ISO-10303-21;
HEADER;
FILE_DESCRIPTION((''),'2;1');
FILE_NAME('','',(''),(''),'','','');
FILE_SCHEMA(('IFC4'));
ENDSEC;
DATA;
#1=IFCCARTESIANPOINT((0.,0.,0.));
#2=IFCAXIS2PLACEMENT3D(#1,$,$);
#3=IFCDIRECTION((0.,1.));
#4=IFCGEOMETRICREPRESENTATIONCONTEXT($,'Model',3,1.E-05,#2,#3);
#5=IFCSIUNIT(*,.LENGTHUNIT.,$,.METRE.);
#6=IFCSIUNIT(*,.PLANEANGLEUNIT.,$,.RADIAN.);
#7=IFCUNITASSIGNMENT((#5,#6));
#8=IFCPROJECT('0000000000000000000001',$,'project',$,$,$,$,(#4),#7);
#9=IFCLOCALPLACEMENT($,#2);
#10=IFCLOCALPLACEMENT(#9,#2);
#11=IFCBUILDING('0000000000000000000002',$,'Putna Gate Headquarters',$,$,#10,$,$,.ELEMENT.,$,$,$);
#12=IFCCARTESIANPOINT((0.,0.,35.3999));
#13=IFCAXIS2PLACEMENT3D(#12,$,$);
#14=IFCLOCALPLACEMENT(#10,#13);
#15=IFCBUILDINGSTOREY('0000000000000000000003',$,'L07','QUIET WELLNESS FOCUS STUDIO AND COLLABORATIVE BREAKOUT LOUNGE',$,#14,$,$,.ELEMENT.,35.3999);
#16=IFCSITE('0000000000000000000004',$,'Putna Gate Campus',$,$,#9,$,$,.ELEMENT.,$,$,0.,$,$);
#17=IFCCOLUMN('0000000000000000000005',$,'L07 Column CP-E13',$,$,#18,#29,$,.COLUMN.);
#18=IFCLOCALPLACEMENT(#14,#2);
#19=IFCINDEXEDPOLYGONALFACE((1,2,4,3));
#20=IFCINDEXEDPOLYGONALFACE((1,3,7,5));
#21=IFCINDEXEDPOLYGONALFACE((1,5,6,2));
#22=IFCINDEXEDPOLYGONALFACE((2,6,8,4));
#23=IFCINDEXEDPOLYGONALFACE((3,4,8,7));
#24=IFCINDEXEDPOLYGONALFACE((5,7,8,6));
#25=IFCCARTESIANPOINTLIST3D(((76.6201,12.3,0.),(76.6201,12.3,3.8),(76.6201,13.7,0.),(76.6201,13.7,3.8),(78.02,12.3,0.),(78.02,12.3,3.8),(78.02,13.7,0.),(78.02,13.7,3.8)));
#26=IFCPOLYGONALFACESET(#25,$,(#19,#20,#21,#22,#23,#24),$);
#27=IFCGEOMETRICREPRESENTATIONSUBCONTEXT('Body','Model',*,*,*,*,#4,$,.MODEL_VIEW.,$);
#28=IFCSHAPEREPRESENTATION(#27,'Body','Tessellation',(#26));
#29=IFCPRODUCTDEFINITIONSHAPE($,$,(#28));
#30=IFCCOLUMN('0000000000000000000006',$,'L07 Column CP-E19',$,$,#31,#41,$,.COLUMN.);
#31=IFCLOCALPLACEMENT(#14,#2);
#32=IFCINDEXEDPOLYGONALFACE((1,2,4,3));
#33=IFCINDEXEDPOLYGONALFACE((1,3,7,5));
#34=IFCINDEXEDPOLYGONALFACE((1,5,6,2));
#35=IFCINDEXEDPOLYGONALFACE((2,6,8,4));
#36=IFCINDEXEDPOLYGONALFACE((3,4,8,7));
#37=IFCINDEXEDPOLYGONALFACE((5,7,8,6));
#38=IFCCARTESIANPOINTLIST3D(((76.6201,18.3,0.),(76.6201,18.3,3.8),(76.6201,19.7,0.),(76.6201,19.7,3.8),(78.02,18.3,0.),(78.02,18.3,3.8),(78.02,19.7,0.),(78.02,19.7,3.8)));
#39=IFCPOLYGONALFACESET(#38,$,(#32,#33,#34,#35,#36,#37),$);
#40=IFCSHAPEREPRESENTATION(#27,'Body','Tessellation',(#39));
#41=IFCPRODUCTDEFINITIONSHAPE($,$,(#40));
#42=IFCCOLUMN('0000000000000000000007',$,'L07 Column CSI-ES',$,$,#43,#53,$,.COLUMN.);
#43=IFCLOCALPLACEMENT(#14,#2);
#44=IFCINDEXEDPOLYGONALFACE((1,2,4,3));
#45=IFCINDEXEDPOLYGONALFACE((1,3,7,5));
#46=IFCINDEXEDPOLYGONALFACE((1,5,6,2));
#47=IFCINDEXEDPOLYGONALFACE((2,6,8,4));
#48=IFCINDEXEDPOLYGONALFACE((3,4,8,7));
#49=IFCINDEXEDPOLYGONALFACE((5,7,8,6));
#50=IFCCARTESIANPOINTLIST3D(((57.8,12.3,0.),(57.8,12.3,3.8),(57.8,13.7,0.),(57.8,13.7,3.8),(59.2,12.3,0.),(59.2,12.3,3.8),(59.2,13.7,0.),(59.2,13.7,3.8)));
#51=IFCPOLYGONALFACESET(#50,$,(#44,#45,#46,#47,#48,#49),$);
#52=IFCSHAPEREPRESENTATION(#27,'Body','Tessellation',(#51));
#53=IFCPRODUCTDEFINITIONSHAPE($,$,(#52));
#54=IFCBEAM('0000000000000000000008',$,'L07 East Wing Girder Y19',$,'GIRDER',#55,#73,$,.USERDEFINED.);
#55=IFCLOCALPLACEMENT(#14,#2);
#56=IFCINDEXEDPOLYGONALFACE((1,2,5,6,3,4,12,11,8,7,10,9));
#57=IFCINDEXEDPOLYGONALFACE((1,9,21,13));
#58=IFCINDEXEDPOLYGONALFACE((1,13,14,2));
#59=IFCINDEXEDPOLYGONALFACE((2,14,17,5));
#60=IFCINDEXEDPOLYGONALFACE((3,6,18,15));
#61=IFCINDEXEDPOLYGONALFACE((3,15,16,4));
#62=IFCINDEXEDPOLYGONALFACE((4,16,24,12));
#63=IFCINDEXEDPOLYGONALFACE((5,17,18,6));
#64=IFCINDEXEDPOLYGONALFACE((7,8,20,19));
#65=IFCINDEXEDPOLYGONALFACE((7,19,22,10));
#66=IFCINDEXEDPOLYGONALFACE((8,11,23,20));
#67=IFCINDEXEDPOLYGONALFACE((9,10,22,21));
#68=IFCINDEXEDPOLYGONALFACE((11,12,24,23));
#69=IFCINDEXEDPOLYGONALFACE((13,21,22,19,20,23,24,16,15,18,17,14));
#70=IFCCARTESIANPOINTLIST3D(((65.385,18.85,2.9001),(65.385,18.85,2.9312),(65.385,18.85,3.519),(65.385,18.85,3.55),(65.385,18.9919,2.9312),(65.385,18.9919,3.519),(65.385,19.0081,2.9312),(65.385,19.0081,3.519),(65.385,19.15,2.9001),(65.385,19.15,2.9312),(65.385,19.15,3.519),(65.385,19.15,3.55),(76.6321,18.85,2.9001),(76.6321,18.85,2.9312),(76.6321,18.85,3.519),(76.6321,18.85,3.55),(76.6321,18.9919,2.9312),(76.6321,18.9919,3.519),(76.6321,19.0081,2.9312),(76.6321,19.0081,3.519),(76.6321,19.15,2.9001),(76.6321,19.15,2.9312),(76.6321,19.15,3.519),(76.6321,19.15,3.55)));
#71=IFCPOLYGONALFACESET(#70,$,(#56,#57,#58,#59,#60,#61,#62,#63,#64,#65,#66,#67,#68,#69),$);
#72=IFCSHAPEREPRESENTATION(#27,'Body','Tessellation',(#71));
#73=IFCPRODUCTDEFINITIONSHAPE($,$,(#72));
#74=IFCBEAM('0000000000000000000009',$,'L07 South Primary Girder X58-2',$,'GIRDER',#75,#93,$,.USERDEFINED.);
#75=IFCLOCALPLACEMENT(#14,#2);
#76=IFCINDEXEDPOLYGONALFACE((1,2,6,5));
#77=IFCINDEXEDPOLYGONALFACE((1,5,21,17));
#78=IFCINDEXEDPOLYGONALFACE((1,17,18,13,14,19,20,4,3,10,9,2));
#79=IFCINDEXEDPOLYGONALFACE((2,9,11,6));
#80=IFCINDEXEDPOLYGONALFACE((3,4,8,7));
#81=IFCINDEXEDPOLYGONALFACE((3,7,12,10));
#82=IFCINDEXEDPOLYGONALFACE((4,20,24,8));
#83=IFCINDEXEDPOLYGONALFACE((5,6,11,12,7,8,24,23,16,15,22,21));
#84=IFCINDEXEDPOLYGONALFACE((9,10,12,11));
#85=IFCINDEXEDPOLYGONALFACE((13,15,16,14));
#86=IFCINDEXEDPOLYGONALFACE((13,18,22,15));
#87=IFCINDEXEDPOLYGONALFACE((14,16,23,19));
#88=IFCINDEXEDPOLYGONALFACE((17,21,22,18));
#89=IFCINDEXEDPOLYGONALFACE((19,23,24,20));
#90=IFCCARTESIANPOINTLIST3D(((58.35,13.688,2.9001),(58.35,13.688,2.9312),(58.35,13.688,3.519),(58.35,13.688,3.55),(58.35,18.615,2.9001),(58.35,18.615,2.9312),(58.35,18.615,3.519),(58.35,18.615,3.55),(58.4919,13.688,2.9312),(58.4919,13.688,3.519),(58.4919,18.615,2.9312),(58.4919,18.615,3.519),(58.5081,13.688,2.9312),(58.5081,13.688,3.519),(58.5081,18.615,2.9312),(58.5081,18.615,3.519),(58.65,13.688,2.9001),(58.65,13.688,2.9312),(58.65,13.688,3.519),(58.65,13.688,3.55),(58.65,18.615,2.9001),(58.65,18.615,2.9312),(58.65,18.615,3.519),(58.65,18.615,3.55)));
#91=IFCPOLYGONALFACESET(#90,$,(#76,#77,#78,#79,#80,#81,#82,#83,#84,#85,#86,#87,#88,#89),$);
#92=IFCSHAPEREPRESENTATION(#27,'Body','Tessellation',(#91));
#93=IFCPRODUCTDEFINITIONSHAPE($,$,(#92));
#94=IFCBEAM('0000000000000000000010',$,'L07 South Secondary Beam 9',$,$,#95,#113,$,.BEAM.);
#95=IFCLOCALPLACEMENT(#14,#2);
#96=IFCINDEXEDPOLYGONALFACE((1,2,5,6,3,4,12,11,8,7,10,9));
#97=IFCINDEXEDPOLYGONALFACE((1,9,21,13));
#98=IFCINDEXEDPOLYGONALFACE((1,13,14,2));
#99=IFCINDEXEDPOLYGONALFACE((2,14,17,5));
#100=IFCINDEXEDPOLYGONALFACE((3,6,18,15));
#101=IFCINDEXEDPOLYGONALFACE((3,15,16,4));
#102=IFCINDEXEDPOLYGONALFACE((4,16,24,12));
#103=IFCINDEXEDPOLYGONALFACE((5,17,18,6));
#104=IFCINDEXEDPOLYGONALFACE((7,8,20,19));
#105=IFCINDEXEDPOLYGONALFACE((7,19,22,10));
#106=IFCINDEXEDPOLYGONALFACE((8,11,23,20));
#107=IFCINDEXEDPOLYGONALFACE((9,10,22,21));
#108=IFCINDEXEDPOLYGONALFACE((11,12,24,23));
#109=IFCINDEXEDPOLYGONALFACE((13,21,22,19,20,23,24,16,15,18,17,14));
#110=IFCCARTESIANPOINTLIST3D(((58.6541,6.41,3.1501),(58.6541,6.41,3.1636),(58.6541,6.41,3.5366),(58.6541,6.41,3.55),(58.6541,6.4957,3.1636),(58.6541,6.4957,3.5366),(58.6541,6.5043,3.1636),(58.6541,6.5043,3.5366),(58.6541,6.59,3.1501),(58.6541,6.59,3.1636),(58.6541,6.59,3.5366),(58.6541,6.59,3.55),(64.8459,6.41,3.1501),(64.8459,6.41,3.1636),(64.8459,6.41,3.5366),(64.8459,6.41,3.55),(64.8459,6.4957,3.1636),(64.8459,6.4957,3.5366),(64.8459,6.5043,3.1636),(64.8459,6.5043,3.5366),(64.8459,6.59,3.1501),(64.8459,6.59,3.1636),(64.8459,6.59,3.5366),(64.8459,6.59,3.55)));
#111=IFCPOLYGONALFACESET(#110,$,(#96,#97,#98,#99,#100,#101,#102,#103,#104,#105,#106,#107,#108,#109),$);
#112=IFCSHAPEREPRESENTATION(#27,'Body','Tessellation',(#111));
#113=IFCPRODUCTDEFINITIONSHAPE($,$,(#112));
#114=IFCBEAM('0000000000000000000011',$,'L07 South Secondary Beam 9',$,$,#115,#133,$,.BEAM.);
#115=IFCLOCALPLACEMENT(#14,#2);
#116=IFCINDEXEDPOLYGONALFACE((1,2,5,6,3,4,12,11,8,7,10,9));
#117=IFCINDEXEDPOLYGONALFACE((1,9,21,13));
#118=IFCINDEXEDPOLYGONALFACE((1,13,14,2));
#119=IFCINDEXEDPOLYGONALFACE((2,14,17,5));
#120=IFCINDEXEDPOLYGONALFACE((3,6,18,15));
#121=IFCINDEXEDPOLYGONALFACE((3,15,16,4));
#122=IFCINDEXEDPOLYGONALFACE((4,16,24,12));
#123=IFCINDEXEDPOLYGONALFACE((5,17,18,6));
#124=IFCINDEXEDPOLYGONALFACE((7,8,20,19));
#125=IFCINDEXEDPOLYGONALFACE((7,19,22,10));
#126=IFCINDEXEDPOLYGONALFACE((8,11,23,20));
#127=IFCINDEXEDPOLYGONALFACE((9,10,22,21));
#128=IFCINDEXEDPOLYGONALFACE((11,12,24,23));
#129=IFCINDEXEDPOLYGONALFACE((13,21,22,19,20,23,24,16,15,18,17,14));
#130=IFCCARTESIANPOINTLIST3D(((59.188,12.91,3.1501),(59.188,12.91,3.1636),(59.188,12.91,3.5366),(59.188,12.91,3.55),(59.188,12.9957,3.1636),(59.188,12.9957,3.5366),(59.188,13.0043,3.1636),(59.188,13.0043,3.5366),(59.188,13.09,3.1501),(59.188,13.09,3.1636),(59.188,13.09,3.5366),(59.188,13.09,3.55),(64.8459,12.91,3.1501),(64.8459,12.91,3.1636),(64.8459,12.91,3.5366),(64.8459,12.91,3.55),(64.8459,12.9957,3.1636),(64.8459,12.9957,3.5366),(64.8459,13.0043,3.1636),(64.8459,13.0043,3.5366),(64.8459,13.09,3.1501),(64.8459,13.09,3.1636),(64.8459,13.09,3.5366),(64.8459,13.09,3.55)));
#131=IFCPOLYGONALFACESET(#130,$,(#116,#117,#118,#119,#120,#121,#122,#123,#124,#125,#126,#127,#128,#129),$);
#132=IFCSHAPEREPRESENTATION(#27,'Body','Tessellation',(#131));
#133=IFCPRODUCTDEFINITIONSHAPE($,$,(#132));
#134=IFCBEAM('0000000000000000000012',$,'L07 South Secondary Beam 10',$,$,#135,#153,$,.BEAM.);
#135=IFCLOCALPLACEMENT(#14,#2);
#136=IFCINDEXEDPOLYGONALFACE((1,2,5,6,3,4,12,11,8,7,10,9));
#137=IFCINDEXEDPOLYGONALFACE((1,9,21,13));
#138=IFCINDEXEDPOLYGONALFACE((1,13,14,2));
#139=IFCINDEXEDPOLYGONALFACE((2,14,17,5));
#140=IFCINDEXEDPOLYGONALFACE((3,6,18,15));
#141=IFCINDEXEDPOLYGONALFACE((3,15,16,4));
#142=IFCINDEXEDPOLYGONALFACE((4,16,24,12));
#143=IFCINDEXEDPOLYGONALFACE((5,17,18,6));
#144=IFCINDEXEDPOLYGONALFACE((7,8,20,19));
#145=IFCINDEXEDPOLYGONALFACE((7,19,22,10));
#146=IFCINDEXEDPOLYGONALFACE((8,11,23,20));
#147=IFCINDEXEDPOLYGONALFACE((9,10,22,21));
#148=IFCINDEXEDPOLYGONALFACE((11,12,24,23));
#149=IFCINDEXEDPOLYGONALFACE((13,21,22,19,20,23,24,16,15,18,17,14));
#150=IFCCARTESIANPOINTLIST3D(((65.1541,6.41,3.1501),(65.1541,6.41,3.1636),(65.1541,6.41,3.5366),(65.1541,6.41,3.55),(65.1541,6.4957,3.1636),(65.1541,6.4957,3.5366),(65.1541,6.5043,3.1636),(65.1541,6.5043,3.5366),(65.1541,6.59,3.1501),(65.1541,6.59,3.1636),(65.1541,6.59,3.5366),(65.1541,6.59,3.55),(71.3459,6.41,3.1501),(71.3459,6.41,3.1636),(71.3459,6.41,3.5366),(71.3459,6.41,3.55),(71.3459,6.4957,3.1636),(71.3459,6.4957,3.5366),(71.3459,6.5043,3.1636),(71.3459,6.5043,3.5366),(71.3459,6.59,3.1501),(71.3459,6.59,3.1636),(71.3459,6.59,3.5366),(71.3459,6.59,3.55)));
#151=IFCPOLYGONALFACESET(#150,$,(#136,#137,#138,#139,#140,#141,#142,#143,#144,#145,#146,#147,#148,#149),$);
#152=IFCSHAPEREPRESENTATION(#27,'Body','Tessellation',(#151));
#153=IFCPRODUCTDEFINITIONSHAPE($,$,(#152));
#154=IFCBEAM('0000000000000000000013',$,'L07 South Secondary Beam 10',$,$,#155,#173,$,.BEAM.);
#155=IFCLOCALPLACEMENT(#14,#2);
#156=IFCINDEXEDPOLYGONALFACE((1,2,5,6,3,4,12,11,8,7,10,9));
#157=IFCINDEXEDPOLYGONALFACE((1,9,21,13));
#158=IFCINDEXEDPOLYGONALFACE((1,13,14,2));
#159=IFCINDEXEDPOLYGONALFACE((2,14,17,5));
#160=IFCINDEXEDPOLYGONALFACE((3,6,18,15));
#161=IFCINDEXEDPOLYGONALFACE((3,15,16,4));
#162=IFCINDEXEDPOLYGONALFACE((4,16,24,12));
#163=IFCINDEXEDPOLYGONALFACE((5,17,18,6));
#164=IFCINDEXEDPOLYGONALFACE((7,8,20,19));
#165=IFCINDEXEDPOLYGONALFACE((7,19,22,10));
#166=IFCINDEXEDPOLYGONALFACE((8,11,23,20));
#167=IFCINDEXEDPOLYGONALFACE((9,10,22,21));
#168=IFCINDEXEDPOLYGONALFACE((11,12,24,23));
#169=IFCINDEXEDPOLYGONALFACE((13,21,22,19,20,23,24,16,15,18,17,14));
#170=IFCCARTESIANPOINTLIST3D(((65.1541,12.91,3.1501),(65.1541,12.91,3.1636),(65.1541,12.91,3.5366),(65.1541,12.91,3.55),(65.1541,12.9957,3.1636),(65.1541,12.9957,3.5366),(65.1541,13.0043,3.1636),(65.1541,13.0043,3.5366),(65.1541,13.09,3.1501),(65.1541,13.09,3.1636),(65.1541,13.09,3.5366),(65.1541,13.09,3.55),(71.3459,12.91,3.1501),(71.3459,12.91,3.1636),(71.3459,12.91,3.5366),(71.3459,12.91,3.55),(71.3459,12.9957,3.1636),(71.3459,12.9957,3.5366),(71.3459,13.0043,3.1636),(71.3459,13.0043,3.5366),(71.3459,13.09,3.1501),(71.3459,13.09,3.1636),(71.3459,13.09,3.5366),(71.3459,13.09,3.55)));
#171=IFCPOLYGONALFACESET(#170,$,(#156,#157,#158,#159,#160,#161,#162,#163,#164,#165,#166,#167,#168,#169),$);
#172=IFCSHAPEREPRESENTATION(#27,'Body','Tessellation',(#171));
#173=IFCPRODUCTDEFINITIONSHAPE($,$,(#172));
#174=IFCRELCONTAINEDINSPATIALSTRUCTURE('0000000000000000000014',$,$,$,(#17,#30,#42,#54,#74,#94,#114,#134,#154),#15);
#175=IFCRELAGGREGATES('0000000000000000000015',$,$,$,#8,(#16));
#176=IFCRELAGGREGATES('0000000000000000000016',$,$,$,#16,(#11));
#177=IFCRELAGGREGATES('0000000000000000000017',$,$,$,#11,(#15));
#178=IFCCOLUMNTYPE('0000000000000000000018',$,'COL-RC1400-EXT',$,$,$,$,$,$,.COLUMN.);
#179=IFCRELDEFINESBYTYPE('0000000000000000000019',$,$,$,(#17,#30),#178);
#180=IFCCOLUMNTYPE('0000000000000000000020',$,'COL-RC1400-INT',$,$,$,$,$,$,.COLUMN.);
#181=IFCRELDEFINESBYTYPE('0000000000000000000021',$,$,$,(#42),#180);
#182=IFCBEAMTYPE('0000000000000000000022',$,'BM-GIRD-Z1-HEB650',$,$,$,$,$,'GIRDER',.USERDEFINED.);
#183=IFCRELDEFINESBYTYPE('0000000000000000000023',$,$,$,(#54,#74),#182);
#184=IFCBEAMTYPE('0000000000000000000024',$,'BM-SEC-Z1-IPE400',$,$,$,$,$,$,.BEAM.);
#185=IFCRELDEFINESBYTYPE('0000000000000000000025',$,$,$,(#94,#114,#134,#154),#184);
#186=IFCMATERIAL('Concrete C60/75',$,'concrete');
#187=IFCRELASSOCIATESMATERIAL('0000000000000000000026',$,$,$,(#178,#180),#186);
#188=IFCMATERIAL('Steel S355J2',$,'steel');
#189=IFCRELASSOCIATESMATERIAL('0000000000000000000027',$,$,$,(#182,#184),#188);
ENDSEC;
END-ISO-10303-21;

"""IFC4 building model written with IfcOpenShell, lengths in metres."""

from ifc_helpers import new_model, si_unit, direction, frame, origin, origin_2d, place, context, subcontext, project, spatial, rectangle, i_section, extrude, material, material_profile, profile_set, type_object, element, save


model = new_model("IFC4")

# Units and contexts
model_context = context("Model", 3, precision=1e-05, world=origin(), true_north=direction((0.0, 1.0)))
body_context = subcontext(model_context, "Body", "Model", "MODEL_VIEW")
ifc_project = project(units=[si_unit("LENGTHUNIT", "METRE"), si_unit("PLANEANGLEUNIT", "RADIAN")], contexts=[model_context])

# Site, building, storey
site_placement = place(None, origin())
site = spatial("IfcSite", under=ifc_project, at=site_placement, Name="Putna Gate Campus", CompositionType="ELEMENT", RefElevation=0.0)
building_placement = place(site_placement, origin())
building = spatial("IfcBuilding", under=site, at=building_placement, Name="Putna Gate Headquarters", CompositionType="ELEMENT")
storey_placement = place(building_placement, frame((0.0, 0.0, 35.3999)))
storey = spatial("IfcBuildingStorey", under=building, at=storey_placement, Name="L07", Description="QUIET WELLNESS FOCUS STUDIO AND COLLABORATIVE BREAKOUT LOUNGE", CompositionType="ELEMENT", Elevation=35.3999)

# Columns
ifc_material_1 = material(Name="Concrete C60/75", Category="concrete")
ifc_material_profile_1 = material_profile(ifc_material_1, rectangle(XDim=1.3999, YDim=1.3999, at=origin_2d()), Name="Concrete C60/75")
ifc_profile_set_1 = profile_set([ifc_material_profile_1], Name="Concrete C60/75")
column_type_1 = type_object("IfcColumnType", Name="COL-RC1400-EXT", PredefinedType="COLUMN", material=ifc_profile_set_1)
for number, where, z_axis, x_axis, name in (
    (1, (77.3201, 13.0, 0.0), (0.0, 0.0, 1.0), (1.0, 0.0, 0.0), "L07 Column CP-E13"),
    (2, (77.3201, 19.0, 0.0), (0.0, 0.0, 1.0), (1.0, 0.0, 0.0), "L07 Column CP-E19"),
):
    element("IfcColumn", number, at=place(storey_placement, frame(where, z_axis=z_axis, x_axis=x_axis)), inside=storey, type_object=column_type_1, Name=name, PredefinedType="COLUMN", context=body_context, shape_type="SweptSolid", body=[
        extrude(rectangle(XDim=1.3999, YDim=1.3999, at=origin_2d()), origin(), (0.0, 0.0, 1.0), 3.8),
    ])
ifc_material_profile_2 = material_profile(ifc_material_1, rectangle(XDim=1.3999, YDim=1.3999, at=origin_2d()), Name="Concrete C60/75")
ifc_profile_set_2 = profile_set([ifc_material_profile_2], Name="Concrete C60/75")
column_type_2 = type_object("IfcColumnType", Name="COL-RC1400-INT", PredefinedType="COLUMN", material=ifc_profile_set_2)
column_placement = place(storey_placement, frame((58.5, 13.0, 0.0), z_axis=(0.0, 0.0, 1.0), x_axis=(1.0, 0.0, 0.0)))
element("IfcColumn", 3, at=column_placement, inside=storey, type_object=column_type_2, Name="L07 Column CSI-ES", PredefinedType="COLUMN", context=body_context, shape_type="SweptSolid", body=[
    extrude(rectangle(XDim=1.3999, YDim=1.3999, at=origin_2d()), origin(), (0.0, 0.0, 1.0), 3.8),
])

# Beams
ifc_material_2 = material(Name="Steel S355J2", Category="steel")
ifc_material_profile_3 = material_profile(ifc_material_2, i_section(OverallWidth=0.3, OverallDepth=0.6499, WebThickness=0.0161, FlangeThickness=0.031, at=origin_2d()), Name="Steel S355J2")
ifc_profile_set_3 = profile_set([ifc_material_profile_3], Name="Steel S355J2")
beam_type_1 = type_object("IfcBeamType", Name="BM-GIRD-Z1-HEB650", ElementType="GIRDER", PredefinedType="USERDEFINED", material=ifc_profile_set_3)
beam_1_placement = place(storey_placement, frame((65.385, 19.0, 3.2251), z_axis=(1.0, 0.0, 0.0), x_axis=(0.0, 1.0, 0.0)))
element("IfcBeam", 4, at=beam_1_placement, inside=storey, type_object=beam_type_1, Name="L07 East Wing Girder Y19", ObjectType="GIRDER", PredefinedType="USERDEFINED", context=body_context, shape_type="SweptSolid", body=[
    extrude(i_section(OverallWidth=0.3, OverallDepth=0.6499, WebThickness=0.0161, FlangeThickness=0.031, at=origin_2d()), origin(), (0.0, 0.0, 1.0), 11.2471),
])
beam_2_placement = place(storey_placement, frame((58.5, 13.688, 3.2251), z_axis=(0.0, 1.0, 0.0), x_axis=(-1.0, 0.0, 0.0)))
element("IfcBeam", 5, at=beam_2_placement, inside=storey, type_object=beam_type_1, Name="L07 South Primary Girder X58-2", ObjectType="GIRDER", PredefinedType="USERDEFINED", context=body_context, shape_type="SweptSolid", body=[
    extrude(i_section(OverallWidth=0.3, OverallDepth=0.6499, WebThickness=0.0161, FlangeThickness=0.031, at=origin_2d()), origin(), (0.0, 0.0, 1.0), 4.927),
])
ifc_material_profile_4 = material_profile(ifc_material_2, i_section(OverallWidth=0.1799, OverallDepth=0.3999, WebThickness=0.0085, FlangeThickness=0.0134, at=origin_2d()), Name="Steel S355J2")
ifc_profile_set_4 = profile_set([ifc_material_profile_4], Name="Steel S355J2")
beam_type_2 = type_object("IfcBeamType", Name="BM-SEC-Z1-IPE400", PredefinedType="BEAM", material=ifc_profile_set_4)
beam_3_placement = place(storey_placement, frame((58.6541, 6.5, 3.3501), z_axis=(1.0, 0.0, 0.0), x_axis=(0.0, 1.0, 0.0)))
element("IfcBeam", 6, at=beam_3_placement, inside=storey, type_object=beam_type_2, Name="L07 South Secondary Beam 9", PredefinedType="BEAM", context=body_context, shape_type="SweptSolid", body=[
    extrude(i_section(OverallWidth=0.1799, OverallDepth=0.3999, WebThickness=0.0085, FlangeThickness=0.0134, at=origin_2d()), origin(), (0.0, 0.0, 1.0), 6.1919),
])
beam_4_placement = place(storey_placement, frame((59.188, 13.0, 3.3501), z_axis=(1.0, 0.0, 0.0), x_axis=(0.0, 1.0, 0.0)))
element("IfcBeam", 7, at=beam_4_placement, inside=storey, type_object=beam_type_2, Name="L07 South Secondary Beam 9", PredefinedType="BEAM", context=body_context, shape_type="SweptSolid", body=[
    extrude(i_section(OverallWidth=0.1799, OverallDepth=0.3999, WebThickness=0.0085, FlangeThickness=0.0134, at=origin_2d()), origin(), (0.0, 0.0, 1.0), 5.658),
])
for number, where, z_axis, x_axis, name in (
    (8, (65.1541, 6.5, 3.3501), (1.0, 0.0, 0.0), (0.0, 1.0, 0.0), "L07 South Secondary Beam 10"),
    (9, (65.1541, 13.0, 3.3501), (1.0, 0.0, 0.0), (0.0, 1.0, 0.0), "L07 South Secondary Beam 10"),
):
    element("IfcBeam", number, at=place(storey_placement, frame(where, z_axis=z_axis, x_axis=x_axis)), inside=storey, type_object=beam_type_2, Name=name, PredefinedType="BEAM", context=body_context, shape_type="SweptSolid", body=[
        extrude(i_section(OverallWidth=0.1799, OverallDepth=0.3999, WebThickness=0.0085, FlangeThickness=0.0134, at=origin_2d()), origin(), (0.0, 0.0, 1.0), 6.1919),
    ])

save(model, "model.ifc")
